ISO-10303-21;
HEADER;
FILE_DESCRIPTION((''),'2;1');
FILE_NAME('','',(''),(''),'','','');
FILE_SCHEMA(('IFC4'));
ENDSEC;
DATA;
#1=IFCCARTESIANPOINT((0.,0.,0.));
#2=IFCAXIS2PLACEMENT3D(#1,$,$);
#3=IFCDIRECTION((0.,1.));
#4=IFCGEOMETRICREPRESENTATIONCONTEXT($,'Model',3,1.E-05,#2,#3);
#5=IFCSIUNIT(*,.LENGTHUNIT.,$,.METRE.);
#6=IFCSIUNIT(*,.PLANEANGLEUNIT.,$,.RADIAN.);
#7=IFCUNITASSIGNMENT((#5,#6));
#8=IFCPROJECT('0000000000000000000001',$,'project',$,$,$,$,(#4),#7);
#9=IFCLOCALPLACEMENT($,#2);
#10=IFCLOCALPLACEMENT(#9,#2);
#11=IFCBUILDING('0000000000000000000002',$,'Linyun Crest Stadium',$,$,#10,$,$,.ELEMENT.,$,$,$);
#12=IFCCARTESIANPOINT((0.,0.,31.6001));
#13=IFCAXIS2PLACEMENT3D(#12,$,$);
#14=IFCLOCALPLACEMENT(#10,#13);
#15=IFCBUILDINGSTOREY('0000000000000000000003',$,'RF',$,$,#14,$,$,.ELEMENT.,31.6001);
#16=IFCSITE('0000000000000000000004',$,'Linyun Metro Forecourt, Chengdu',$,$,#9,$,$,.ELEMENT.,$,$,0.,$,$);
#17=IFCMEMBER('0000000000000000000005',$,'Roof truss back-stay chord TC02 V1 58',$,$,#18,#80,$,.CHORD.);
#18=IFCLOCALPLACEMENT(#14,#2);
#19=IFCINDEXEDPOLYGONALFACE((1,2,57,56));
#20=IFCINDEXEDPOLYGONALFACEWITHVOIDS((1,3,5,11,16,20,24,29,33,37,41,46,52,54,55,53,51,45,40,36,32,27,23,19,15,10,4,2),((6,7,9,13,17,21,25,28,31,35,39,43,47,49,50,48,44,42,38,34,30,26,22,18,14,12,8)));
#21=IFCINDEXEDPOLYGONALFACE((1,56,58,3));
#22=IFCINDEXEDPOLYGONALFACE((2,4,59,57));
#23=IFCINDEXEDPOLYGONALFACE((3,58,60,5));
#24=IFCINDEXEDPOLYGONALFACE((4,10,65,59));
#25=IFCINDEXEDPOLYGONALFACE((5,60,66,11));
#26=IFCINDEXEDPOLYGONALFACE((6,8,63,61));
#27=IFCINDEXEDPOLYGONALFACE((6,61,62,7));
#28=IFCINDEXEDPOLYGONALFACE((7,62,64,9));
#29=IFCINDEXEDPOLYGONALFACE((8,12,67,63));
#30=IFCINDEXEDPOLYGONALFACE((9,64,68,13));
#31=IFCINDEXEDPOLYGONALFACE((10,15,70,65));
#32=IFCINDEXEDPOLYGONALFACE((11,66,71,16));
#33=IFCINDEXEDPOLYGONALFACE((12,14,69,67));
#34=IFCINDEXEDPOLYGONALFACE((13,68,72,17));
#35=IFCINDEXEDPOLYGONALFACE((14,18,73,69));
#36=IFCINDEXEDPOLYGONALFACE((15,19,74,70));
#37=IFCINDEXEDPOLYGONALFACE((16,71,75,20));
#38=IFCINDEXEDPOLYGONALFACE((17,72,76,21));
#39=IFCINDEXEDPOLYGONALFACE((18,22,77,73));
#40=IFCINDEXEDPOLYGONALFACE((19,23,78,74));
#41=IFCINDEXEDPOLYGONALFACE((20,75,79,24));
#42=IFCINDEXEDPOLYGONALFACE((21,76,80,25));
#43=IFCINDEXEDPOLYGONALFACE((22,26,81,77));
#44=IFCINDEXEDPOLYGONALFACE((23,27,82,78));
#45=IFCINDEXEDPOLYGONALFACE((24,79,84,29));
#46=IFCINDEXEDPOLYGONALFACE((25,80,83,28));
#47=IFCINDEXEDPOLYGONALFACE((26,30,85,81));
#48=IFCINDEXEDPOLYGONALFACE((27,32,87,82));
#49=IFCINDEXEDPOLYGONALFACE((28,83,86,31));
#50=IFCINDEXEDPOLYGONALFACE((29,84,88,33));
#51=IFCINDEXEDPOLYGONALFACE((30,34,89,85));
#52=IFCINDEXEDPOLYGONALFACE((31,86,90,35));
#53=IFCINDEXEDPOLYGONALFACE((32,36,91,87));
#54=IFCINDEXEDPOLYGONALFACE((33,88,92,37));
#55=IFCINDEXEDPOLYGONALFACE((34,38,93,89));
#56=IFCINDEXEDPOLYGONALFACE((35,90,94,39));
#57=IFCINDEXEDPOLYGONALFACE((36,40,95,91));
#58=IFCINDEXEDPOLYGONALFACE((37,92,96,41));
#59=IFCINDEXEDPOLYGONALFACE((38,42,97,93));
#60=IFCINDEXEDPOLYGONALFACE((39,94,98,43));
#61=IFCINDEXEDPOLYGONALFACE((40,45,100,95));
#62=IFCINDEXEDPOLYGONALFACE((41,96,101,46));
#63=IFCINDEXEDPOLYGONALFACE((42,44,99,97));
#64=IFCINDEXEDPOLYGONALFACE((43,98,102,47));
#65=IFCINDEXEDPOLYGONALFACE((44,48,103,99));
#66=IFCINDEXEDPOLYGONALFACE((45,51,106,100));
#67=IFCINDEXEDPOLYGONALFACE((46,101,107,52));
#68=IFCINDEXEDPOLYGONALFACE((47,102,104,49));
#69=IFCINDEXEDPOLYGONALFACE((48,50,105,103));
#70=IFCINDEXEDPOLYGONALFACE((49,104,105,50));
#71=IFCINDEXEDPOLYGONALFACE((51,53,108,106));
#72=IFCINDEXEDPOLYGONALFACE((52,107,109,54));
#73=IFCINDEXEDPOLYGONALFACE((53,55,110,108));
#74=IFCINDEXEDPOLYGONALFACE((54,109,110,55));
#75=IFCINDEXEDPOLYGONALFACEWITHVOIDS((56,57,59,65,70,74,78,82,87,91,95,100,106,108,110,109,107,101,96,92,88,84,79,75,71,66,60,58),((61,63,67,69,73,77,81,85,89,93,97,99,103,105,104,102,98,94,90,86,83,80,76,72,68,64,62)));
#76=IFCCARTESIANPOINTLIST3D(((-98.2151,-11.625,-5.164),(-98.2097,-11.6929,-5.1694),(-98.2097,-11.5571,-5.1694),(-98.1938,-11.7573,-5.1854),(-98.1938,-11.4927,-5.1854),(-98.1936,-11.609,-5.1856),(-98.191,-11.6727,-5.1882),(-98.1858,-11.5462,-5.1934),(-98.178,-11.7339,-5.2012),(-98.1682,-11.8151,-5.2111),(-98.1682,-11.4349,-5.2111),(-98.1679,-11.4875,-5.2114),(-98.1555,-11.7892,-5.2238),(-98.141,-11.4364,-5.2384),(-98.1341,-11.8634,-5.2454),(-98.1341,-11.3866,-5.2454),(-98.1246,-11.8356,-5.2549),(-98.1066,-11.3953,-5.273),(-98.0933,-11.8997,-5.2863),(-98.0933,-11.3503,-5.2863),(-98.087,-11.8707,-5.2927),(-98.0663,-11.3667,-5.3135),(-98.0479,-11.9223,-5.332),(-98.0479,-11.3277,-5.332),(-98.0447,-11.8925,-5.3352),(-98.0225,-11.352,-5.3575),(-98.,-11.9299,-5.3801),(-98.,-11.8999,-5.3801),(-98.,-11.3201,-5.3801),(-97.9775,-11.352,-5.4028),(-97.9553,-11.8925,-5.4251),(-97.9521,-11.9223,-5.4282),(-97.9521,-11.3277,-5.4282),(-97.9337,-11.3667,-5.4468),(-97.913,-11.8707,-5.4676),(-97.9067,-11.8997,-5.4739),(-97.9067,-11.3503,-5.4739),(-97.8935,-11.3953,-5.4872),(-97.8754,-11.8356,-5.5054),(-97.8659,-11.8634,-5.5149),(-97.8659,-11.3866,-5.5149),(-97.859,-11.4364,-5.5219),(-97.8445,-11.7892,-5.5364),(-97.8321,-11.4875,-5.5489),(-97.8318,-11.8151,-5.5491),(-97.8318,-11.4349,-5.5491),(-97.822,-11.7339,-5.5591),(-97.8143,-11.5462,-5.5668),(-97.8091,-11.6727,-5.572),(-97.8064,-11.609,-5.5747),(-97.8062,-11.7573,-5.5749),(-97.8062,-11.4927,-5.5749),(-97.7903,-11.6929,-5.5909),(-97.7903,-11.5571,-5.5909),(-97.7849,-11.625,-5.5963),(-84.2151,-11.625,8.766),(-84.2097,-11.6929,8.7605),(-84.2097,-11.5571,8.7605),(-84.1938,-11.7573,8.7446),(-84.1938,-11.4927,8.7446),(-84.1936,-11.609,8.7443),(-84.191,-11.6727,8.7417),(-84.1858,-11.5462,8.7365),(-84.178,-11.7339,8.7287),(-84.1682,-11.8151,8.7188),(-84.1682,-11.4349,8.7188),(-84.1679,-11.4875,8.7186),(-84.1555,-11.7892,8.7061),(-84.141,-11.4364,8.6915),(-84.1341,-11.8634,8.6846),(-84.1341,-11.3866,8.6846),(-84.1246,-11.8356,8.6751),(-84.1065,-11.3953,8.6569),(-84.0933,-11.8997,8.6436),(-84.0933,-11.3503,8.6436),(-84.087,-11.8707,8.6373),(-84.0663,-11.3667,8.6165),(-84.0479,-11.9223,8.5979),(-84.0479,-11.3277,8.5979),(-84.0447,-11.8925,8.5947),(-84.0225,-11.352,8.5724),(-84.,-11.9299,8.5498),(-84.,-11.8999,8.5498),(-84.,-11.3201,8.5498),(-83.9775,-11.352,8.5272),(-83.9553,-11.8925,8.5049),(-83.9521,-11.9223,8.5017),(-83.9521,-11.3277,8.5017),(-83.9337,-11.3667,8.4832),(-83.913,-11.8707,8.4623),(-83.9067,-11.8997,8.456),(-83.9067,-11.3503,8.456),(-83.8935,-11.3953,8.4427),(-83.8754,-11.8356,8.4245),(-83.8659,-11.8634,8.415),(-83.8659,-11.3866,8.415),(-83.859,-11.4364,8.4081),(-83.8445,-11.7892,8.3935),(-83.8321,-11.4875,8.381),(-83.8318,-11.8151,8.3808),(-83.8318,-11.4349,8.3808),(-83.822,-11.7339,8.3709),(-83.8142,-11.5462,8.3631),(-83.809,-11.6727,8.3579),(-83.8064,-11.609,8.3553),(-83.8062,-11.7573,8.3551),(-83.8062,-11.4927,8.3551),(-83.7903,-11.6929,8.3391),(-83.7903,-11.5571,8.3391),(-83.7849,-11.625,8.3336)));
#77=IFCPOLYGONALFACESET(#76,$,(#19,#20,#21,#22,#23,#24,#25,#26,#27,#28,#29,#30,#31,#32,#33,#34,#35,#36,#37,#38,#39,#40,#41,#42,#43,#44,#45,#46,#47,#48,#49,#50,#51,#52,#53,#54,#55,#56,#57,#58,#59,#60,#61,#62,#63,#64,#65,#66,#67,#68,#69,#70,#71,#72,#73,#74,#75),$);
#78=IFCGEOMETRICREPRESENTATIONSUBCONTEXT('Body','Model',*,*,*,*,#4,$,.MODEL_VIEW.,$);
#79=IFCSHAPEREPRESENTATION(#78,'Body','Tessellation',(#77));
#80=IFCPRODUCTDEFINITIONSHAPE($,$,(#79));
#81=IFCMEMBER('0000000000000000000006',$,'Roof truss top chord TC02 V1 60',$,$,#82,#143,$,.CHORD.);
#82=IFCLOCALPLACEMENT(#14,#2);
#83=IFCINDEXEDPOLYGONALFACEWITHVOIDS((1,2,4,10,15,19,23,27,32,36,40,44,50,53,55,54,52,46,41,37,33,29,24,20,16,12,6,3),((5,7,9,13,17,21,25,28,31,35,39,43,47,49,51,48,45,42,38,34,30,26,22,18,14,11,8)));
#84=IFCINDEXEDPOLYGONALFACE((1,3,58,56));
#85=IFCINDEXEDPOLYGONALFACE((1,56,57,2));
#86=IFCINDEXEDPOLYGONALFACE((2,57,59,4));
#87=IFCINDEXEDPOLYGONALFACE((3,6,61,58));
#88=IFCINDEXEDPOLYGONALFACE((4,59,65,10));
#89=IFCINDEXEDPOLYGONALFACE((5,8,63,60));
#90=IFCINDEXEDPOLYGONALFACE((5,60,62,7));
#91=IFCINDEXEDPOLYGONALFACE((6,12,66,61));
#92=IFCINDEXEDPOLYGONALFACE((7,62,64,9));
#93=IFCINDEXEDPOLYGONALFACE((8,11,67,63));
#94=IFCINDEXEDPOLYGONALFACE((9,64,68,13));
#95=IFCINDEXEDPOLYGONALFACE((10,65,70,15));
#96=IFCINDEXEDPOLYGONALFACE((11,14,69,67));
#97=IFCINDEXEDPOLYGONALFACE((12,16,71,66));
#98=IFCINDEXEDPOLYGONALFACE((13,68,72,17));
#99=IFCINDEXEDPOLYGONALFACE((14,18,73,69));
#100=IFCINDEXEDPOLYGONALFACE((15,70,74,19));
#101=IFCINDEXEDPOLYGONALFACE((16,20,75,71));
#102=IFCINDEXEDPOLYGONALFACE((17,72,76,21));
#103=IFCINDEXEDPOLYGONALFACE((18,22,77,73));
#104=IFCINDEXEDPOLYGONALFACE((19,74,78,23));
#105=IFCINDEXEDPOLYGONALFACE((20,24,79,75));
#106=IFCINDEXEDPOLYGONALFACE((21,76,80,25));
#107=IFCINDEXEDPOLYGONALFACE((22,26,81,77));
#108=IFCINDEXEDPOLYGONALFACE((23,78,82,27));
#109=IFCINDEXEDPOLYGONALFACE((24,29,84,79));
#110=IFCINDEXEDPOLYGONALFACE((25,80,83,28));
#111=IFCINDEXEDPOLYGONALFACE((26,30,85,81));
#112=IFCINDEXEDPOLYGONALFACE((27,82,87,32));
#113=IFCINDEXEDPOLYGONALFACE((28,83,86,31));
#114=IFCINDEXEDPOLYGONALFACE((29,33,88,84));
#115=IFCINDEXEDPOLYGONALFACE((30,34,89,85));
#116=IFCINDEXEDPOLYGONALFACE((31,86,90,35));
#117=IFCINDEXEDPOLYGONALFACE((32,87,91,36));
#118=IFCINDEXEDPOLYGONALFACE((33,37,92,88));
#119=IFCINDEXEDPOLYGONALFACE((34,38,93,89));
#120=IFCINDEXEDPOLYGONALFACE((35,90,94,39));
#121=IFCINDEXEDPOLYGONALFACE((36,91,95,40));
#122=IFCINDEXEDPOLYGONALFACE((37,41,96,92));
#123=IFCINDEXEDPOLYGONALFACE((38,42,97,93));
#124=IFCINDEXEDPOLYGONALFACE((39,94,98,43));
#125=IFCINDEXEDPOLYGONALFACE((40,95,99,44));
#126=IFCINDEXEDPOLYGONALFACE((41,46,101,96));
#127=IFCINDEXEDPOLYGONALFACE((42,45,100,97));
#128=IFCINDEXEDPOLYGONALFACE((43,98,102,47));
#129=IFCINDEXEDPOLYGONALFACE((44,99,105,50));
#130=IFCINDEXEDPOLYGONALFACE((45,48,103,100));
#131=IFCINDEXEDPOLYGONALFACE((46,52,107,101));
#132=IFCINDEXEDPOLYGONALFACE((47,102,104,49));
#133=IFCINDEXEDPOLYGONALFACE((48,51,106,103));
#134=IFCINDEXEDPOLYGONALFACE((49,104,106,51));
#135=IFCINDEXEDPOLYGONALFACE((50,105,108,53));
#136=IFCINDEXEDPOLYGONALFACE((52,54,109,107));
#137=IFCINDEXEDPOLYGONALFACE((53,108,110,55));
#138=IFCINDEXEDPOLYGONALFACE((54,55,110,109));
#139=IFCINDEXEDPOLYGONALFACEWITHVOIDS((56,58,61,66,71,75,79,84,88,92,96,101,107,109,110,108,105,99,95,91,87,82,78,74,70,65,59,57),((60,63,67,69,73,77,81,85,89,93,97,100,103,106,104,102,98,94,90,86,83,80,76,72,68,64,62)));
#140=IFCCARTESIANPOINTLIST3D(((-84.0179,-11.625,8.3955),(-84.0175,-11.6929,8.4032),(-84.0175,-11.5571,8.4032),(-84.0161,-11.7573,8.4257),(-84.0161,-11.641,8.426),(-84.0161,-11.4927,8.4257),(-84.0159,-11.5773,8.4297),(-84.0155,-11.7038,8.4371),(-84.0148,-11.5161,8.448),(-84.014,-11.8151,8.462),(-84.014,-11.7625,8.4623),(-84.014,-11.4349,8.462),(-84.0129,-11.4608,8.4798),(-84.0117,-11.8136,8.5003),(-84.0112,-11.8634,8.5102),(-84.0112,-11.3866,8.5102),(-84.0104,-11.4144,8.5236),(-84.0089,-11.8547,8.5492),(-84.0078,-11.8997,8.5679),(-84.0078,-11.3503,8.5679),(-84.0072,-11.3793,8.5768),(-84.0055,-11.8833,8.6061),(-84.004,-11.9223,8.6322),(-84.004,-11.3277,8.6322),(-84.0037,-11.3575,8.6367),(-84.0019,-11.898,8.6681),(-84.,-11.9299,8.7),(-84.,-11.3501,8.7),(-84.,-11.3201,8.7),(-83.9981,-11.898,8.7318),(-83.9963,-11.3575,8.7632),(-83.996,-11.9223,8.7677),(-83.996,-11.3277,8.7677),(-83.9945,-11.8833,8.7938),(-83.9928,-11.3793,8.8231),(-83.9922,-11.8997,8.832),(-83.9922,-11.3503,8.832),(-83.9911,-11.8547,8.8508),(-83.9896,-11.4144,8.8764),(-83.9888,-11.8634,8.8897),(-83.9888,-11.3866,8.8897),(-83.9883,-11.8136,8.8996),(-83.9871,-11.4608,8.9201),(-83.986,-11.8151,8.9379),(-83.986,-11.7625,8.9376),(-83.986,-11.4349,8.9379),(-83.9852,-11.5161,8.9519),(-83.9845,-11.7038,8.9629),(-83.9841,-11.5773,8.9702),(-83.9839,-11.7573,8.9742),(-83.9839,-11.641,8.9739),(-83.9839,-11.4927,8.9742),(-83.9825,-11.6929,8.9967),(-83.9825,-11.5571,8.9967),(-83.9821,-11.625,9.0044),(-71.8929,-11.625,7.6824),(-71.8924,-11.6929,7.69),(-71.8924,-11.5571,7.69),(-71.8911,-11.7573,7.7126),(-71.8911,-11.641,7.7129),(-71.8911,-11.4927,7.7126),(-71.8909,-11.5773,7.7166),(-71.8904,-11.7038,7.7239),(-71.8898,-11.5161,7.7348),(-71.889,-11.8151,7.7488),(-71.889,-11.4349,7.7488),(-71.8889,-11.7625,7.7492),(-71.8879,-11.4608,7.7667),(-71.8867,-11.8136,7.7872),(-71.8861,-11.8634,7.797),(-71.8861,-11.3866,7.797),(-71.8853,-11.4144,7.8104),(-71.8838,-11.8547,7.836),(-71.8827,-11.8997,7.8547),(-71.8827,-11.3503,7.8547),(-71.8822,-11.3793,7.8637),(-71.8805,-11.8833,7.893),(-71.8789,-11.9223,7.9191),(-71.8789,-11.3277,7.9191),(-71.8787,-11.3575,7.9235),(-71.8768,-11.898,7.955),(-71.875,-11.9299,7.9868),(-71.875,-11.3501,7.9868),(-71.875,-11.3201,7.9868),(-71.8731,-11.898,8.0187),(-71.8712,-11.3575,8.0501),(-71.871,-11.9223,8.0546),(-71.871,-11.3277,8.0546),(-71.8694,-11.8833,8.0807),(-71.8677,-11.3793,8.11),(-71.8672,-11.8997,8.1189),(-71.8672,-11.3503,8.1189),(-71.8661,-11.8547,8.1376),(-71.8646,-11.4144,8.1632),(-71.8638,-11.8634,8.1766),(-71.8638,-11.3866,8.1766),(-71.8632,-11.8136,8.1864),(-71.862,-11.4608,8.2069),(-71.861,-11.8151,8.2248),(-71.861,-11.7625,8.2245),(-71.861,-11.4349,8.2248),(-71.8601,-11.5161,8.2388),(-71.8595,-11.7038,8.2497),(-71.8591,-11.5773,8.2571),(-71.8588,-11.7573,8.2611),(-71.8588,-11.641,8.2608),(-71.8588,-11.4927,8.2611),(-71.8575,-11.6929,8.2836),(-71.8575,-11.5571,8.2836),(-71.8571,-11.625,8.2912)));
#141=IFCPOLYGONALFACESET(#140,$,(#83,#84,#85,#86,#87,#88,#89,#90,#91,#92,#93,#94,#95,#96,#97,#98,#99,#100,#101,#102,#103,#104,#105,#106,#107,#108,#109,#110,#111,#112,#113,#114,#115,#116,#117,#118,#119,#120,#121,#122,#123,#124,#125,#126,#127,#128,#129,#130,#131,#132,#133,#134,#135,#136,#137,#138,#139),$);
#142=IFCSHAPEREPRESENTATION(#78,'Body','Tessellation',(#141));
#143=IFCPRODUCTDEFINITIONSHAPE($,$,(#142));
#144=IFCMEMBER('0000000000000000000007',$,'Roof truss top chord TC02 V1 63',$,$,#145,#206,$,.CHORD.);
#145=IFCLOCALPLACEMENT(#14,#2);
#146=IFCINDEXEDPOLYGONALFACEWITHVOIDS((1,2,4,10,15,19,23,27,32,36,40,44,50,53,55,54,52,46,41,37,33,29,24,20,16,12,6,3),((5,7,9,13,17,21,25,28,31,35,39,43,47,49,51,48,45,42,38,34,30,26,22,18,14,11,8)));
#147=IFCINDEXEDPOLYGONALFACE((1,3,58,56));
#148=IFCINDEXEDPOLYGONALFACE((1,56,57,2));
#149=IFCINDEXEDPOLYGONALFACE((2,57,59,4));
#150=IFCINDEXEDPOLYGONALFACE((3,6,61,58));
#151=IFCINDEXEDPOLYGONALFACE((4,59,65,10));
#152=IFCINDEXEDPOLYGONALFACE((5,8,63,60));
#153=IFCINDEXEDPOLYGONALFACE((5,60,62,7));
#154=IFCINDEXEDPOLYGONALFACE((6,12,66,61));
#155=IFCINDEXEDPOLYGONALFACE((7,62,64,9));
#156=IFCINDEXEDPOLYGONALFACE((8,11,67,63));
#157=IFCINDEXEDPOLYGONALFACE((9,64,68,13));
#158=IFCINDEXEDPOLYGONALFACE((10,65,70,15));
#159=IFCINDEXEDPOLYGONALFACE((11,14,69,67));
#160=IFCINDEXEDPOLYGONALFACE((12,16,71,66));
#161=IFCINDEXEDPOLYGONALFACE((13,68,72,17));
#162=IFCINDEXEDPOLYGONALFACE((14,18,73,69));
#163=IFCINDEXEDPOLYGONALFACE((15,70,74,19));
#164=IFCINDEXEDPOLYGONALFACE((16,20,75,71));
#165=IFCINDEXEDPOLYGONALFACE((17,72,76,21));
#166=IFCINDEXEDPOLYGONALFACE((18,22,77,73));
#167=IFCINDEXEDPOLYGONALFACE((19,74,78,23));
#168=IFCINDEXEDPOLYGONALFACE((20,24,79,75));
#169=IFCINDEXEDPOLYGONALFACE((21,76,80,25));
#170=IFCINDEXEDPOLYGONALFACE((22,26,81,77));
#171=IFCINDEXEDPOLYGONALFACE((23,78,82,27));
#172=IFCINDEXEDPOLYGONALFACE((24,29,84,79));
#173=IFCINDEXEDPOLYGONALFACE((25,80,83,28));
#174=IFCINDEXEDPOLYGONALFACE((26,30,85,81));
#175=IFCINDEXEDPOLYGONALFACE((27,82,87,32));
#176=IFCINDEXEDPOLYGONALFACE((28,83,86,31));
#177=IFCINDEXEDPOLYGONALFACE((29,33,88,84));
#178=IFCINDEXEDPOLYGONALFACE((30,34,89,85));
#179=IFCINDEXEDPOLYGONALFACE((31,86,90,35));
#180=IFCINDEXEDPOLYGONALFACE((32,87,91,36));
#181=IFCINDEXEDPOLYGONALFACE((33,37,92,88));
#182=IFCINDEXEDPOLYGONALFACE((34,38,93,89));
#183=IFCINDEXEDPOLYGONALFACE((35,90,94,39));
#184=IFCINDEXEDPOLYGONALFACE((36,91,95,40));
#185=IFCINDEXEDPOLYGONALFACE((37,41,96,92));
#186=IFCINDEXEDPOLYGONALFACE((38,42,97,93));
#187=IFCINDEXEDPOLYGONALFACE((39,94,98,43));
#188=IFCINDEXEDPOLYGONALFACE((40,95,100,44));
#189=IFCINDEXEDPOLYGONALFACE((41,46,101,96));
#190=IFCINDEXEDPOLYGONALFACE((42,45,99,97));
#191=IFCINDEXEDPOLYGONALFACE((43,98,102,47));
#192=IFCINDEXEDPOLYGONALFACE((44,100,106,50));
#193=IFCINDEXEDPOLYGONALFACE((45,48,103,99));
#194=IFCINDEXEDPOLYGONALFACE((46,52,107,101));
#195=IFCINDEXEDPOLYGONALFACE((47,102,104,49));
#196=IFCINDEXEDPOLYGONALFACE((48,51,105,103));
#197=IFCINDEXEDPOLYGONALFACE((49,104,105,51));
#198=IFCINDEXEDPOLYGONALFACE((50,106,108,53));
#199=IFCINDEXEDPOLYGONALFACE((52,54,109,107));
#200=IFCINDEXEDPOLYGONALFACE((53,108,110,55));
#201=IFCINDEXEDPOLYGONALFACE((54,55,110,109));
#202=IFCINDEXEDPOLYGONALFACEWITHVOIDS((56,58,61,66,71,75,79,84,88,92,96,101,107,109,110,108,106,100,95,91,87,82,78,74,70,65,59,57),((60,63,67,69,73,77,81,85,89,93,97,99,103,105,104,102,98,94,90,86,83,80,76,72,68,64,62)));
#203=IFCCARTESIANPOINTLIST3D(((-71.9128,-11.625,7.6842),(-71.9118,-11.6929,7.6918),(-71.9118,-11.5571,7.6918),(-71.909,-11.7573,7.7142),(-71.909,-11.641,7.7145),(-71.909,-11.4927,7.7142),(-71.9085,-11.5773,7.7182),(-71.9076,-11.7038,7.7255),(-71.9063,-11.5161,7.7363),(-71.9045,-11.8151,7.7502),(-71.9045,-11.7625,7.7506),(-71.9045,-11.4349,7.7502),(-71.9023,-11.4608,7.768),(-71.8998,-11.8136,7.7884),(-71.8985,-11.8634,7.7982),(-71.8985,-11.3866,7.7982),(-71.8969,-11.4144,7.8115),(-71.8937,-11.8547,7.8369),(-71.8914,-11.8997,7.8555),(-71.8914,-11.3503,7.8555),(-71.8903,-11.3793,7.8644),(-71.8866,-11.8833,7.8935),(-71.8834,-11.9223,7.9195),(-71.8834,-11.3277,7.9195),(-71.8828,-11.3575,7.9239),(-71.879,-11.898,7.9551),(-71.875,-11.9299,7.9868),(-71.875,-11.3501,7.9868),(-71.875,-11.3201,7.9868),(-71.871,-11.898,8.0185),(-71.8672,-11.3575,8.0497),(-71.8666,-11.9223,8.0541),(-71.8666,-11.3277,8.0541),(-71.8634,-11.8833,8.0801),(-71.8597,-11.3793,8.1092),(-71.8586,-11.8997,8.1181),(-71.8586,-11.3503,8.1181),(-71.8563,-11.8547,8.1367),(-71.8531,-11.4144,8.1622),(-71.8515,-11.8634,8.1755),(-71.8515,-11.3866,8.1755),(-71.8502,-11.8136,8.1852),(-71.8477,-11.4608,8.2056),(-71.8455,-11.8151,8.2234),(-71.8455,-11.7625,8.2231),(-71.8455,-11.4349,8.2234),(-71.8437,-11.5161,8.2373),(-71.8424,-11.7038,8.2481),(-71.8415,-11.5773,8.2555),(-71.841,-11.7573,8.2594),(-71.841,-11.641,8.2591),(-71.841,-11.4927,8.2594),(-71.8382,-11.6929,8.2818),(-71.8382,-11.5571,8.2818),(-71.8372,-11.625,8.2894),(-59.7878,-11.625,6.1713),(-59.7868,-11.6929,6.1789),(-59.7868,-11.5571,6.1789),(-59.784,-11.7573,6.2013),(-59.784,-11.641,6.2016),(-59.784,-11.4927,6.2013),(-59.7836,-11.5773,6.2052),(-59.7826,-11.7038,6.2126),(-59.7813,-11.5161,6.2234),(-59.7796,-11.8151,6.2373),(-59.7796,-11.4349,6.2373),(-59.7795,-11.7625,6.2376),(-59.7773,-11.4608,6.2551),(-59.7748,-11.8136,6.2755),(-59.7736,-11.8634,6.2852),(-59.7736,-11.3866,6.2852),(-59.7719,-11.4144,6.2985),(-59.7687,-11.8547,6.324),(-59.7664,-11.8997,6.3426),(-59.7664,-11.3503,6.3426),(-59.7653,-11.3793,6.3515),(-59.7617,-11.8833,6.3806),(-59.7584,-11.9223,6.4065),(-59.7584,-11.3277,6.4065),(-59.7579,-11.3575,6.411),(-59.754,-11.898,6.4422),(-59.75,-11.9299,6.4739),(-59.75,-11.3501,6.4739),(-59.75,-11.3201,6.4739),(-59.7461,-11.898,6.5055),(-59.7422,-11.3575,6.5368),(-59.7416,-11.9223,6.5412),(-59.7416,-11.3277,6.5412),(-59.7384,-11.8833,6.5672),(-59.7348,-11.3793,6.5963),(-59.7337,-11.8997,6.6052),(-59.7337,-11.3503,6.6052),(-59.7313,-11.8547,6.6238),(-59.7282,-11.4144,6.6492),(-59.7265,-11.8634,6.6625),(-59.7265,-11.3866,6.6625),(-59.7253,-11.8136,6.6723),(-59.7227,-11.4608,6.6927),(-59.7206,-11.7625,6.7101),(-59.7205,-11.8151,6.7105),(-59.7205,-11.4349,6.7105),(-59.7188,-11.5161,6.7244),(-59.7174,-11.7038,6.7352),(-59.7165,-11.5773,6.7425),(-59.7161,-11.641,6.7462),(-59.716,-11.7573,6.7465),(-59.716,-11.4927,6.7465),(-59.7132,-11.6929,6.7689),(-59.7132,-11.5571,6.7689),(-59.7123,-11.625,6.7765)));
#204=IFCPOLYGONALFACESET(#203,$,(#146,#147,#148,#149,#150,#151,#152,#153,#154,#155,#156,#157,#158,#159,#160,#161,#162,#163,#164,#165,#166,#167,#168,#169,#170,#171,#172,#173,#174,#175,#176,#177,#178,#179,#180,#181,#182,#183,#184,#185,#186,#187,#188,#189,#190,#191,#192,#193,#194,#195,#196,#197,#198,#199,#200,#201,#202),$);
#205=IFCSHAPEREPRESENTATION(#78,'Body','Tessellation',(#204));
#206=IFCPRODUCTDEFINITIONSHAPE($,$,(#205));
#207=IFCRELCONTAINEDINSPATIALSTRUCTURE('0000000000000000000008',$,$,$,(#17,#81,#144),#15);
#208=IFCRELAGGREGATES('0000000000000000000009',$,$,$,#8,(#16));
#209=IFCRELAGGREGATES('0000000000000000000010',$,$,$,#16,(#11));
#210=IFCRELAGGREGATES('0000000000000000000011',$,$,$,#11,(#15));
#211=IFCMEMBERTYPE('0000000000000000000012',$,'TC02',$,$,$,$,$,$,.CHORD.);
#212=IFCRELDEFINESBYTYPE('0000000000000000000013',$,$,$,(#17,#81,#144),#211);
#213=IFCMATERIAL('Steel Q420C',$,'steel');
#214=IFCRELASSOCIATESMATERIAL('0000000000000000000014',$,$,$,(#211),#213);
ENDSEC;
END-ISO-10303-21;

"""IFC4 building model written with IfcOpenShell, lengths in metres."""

from ifc_helpers import new_model, si_unit, direction, frame, origin, origin_2d, place, context, subcontext, project, spatial, hollow_circle, extrude, material, material_profile, profile_set, type_object, element, save


model = new_model("IFC4")

# Units and contexts
model_context = context("Model", 3, precision=1e-05, world=origin(), true_north=direction((0.0, 1.0)))
body_context = subcontext(model_context, "Body", "Model", "MODEL_VIEW")
ifc_project = project(units=[si_unit("LENGTHUNIT", "METRE"), si_unit("PLANEANGLEUNIT", "RADIAN")], contexts=[model_context])

# Site, building, storey
site_placement = place(None, origin())
site = spatial("IfcSite", under=ifc_project, at=site_placement, Name="Linyun Metro Forecourt, Chengdu", CompositionType="ELEMENT", RefElevation=0.0)
building_placement = place(site_placement, origin())
building = spatial("IfcBuilding", under=site, at=building_placement, Name="Linyun Crest Stadium", CompositionType="ELEMENT")
storey_placement = place(building_placement, frame((0.0, 0.0, 31.6001)))
storey = spatial("IfcBuildingStorey", under=building, at=storey_placement, Name="RF", CompositionType="ELEMENT", Elevation=31.6001)

# Members
ifc_material_1 = material(Name="Steel Q420C", Category="steel")
ifc_material_profile_1 = material_profile(ifc_material_1, hollow_circle(Radius=0.3049, WallThickness=0.03, at=origin_2d()), Name="CHS 610x30")
ifc_profile_set_1 = profile_set([ifc_material_profile_1], Name="Steel Q420C")
member_type_1 = type_object("IfcMemberType", Name="TC02", PredefinedType="CHORD", material=ifc_profile_set_1)
member_1_placement = place(storey_placement, frame((-84.0, -11.625, 8.5498), z_axis=(-0.708878, 0.0, -0.705331), x_axis=(0.0, -1.0, 0.0)))
element("IfcMember", 1, at=member_1_placement, inside=storey, type_object=member_type_1, Name="Roof truss back-stay chord TC02 V1 58", PredefinedType="CHORD", context=body_context, shape_type="SweptSolid", body=[
    extrude(hollow_circle(Radius=0.3049, WallThickness=0.03, at=origin_2d()), origin(), (0.0, 0.0, 1.0), 19.7495),
])
member_2_placement = place(storey_placement, frame((-84.0, -11.625, 8.7), z_axis=(0.998275, 0.0, -0.058714), x_axis=(0.0, 1.0, 0.0)))
element("IfcMember", 2, at=member_2_placement, inside=storey, type_object=member_type_1, Name="Roof truss top chord TC02 V1 60", PredefinedType="CHORD", context=body_context, shape_type="SweptSolid", body=[
    extrude(hollow_circle(Radius=0.3049, WallThickness=0.03, at=origin_2d()), origin(), (0.0, 0.0, 1.0), 12.146),
])
member_3_placement = place(storey_placement, frame((-71.875, -11.625, 7.9868), z_axis=(0.992305, 0.0, -0.123818), x_axis=(0.0, 1.0, 0.0)))
element("IfcMember", 3, at=member_3_placement, inside=storey, type_object=member_type_1, Name="Roof truss top chord TC02 V1 63", PredefinedType="CHORD", context=body_context, shape_type="SweptSolid", body=[
    extrude(hollow_circle(Radius=0.3049, WallThickness=0.03, at=origin_2d()), origin(), (0.0, 0.0, 1.0), 12.219),
])

save(model, "model.ifc")
